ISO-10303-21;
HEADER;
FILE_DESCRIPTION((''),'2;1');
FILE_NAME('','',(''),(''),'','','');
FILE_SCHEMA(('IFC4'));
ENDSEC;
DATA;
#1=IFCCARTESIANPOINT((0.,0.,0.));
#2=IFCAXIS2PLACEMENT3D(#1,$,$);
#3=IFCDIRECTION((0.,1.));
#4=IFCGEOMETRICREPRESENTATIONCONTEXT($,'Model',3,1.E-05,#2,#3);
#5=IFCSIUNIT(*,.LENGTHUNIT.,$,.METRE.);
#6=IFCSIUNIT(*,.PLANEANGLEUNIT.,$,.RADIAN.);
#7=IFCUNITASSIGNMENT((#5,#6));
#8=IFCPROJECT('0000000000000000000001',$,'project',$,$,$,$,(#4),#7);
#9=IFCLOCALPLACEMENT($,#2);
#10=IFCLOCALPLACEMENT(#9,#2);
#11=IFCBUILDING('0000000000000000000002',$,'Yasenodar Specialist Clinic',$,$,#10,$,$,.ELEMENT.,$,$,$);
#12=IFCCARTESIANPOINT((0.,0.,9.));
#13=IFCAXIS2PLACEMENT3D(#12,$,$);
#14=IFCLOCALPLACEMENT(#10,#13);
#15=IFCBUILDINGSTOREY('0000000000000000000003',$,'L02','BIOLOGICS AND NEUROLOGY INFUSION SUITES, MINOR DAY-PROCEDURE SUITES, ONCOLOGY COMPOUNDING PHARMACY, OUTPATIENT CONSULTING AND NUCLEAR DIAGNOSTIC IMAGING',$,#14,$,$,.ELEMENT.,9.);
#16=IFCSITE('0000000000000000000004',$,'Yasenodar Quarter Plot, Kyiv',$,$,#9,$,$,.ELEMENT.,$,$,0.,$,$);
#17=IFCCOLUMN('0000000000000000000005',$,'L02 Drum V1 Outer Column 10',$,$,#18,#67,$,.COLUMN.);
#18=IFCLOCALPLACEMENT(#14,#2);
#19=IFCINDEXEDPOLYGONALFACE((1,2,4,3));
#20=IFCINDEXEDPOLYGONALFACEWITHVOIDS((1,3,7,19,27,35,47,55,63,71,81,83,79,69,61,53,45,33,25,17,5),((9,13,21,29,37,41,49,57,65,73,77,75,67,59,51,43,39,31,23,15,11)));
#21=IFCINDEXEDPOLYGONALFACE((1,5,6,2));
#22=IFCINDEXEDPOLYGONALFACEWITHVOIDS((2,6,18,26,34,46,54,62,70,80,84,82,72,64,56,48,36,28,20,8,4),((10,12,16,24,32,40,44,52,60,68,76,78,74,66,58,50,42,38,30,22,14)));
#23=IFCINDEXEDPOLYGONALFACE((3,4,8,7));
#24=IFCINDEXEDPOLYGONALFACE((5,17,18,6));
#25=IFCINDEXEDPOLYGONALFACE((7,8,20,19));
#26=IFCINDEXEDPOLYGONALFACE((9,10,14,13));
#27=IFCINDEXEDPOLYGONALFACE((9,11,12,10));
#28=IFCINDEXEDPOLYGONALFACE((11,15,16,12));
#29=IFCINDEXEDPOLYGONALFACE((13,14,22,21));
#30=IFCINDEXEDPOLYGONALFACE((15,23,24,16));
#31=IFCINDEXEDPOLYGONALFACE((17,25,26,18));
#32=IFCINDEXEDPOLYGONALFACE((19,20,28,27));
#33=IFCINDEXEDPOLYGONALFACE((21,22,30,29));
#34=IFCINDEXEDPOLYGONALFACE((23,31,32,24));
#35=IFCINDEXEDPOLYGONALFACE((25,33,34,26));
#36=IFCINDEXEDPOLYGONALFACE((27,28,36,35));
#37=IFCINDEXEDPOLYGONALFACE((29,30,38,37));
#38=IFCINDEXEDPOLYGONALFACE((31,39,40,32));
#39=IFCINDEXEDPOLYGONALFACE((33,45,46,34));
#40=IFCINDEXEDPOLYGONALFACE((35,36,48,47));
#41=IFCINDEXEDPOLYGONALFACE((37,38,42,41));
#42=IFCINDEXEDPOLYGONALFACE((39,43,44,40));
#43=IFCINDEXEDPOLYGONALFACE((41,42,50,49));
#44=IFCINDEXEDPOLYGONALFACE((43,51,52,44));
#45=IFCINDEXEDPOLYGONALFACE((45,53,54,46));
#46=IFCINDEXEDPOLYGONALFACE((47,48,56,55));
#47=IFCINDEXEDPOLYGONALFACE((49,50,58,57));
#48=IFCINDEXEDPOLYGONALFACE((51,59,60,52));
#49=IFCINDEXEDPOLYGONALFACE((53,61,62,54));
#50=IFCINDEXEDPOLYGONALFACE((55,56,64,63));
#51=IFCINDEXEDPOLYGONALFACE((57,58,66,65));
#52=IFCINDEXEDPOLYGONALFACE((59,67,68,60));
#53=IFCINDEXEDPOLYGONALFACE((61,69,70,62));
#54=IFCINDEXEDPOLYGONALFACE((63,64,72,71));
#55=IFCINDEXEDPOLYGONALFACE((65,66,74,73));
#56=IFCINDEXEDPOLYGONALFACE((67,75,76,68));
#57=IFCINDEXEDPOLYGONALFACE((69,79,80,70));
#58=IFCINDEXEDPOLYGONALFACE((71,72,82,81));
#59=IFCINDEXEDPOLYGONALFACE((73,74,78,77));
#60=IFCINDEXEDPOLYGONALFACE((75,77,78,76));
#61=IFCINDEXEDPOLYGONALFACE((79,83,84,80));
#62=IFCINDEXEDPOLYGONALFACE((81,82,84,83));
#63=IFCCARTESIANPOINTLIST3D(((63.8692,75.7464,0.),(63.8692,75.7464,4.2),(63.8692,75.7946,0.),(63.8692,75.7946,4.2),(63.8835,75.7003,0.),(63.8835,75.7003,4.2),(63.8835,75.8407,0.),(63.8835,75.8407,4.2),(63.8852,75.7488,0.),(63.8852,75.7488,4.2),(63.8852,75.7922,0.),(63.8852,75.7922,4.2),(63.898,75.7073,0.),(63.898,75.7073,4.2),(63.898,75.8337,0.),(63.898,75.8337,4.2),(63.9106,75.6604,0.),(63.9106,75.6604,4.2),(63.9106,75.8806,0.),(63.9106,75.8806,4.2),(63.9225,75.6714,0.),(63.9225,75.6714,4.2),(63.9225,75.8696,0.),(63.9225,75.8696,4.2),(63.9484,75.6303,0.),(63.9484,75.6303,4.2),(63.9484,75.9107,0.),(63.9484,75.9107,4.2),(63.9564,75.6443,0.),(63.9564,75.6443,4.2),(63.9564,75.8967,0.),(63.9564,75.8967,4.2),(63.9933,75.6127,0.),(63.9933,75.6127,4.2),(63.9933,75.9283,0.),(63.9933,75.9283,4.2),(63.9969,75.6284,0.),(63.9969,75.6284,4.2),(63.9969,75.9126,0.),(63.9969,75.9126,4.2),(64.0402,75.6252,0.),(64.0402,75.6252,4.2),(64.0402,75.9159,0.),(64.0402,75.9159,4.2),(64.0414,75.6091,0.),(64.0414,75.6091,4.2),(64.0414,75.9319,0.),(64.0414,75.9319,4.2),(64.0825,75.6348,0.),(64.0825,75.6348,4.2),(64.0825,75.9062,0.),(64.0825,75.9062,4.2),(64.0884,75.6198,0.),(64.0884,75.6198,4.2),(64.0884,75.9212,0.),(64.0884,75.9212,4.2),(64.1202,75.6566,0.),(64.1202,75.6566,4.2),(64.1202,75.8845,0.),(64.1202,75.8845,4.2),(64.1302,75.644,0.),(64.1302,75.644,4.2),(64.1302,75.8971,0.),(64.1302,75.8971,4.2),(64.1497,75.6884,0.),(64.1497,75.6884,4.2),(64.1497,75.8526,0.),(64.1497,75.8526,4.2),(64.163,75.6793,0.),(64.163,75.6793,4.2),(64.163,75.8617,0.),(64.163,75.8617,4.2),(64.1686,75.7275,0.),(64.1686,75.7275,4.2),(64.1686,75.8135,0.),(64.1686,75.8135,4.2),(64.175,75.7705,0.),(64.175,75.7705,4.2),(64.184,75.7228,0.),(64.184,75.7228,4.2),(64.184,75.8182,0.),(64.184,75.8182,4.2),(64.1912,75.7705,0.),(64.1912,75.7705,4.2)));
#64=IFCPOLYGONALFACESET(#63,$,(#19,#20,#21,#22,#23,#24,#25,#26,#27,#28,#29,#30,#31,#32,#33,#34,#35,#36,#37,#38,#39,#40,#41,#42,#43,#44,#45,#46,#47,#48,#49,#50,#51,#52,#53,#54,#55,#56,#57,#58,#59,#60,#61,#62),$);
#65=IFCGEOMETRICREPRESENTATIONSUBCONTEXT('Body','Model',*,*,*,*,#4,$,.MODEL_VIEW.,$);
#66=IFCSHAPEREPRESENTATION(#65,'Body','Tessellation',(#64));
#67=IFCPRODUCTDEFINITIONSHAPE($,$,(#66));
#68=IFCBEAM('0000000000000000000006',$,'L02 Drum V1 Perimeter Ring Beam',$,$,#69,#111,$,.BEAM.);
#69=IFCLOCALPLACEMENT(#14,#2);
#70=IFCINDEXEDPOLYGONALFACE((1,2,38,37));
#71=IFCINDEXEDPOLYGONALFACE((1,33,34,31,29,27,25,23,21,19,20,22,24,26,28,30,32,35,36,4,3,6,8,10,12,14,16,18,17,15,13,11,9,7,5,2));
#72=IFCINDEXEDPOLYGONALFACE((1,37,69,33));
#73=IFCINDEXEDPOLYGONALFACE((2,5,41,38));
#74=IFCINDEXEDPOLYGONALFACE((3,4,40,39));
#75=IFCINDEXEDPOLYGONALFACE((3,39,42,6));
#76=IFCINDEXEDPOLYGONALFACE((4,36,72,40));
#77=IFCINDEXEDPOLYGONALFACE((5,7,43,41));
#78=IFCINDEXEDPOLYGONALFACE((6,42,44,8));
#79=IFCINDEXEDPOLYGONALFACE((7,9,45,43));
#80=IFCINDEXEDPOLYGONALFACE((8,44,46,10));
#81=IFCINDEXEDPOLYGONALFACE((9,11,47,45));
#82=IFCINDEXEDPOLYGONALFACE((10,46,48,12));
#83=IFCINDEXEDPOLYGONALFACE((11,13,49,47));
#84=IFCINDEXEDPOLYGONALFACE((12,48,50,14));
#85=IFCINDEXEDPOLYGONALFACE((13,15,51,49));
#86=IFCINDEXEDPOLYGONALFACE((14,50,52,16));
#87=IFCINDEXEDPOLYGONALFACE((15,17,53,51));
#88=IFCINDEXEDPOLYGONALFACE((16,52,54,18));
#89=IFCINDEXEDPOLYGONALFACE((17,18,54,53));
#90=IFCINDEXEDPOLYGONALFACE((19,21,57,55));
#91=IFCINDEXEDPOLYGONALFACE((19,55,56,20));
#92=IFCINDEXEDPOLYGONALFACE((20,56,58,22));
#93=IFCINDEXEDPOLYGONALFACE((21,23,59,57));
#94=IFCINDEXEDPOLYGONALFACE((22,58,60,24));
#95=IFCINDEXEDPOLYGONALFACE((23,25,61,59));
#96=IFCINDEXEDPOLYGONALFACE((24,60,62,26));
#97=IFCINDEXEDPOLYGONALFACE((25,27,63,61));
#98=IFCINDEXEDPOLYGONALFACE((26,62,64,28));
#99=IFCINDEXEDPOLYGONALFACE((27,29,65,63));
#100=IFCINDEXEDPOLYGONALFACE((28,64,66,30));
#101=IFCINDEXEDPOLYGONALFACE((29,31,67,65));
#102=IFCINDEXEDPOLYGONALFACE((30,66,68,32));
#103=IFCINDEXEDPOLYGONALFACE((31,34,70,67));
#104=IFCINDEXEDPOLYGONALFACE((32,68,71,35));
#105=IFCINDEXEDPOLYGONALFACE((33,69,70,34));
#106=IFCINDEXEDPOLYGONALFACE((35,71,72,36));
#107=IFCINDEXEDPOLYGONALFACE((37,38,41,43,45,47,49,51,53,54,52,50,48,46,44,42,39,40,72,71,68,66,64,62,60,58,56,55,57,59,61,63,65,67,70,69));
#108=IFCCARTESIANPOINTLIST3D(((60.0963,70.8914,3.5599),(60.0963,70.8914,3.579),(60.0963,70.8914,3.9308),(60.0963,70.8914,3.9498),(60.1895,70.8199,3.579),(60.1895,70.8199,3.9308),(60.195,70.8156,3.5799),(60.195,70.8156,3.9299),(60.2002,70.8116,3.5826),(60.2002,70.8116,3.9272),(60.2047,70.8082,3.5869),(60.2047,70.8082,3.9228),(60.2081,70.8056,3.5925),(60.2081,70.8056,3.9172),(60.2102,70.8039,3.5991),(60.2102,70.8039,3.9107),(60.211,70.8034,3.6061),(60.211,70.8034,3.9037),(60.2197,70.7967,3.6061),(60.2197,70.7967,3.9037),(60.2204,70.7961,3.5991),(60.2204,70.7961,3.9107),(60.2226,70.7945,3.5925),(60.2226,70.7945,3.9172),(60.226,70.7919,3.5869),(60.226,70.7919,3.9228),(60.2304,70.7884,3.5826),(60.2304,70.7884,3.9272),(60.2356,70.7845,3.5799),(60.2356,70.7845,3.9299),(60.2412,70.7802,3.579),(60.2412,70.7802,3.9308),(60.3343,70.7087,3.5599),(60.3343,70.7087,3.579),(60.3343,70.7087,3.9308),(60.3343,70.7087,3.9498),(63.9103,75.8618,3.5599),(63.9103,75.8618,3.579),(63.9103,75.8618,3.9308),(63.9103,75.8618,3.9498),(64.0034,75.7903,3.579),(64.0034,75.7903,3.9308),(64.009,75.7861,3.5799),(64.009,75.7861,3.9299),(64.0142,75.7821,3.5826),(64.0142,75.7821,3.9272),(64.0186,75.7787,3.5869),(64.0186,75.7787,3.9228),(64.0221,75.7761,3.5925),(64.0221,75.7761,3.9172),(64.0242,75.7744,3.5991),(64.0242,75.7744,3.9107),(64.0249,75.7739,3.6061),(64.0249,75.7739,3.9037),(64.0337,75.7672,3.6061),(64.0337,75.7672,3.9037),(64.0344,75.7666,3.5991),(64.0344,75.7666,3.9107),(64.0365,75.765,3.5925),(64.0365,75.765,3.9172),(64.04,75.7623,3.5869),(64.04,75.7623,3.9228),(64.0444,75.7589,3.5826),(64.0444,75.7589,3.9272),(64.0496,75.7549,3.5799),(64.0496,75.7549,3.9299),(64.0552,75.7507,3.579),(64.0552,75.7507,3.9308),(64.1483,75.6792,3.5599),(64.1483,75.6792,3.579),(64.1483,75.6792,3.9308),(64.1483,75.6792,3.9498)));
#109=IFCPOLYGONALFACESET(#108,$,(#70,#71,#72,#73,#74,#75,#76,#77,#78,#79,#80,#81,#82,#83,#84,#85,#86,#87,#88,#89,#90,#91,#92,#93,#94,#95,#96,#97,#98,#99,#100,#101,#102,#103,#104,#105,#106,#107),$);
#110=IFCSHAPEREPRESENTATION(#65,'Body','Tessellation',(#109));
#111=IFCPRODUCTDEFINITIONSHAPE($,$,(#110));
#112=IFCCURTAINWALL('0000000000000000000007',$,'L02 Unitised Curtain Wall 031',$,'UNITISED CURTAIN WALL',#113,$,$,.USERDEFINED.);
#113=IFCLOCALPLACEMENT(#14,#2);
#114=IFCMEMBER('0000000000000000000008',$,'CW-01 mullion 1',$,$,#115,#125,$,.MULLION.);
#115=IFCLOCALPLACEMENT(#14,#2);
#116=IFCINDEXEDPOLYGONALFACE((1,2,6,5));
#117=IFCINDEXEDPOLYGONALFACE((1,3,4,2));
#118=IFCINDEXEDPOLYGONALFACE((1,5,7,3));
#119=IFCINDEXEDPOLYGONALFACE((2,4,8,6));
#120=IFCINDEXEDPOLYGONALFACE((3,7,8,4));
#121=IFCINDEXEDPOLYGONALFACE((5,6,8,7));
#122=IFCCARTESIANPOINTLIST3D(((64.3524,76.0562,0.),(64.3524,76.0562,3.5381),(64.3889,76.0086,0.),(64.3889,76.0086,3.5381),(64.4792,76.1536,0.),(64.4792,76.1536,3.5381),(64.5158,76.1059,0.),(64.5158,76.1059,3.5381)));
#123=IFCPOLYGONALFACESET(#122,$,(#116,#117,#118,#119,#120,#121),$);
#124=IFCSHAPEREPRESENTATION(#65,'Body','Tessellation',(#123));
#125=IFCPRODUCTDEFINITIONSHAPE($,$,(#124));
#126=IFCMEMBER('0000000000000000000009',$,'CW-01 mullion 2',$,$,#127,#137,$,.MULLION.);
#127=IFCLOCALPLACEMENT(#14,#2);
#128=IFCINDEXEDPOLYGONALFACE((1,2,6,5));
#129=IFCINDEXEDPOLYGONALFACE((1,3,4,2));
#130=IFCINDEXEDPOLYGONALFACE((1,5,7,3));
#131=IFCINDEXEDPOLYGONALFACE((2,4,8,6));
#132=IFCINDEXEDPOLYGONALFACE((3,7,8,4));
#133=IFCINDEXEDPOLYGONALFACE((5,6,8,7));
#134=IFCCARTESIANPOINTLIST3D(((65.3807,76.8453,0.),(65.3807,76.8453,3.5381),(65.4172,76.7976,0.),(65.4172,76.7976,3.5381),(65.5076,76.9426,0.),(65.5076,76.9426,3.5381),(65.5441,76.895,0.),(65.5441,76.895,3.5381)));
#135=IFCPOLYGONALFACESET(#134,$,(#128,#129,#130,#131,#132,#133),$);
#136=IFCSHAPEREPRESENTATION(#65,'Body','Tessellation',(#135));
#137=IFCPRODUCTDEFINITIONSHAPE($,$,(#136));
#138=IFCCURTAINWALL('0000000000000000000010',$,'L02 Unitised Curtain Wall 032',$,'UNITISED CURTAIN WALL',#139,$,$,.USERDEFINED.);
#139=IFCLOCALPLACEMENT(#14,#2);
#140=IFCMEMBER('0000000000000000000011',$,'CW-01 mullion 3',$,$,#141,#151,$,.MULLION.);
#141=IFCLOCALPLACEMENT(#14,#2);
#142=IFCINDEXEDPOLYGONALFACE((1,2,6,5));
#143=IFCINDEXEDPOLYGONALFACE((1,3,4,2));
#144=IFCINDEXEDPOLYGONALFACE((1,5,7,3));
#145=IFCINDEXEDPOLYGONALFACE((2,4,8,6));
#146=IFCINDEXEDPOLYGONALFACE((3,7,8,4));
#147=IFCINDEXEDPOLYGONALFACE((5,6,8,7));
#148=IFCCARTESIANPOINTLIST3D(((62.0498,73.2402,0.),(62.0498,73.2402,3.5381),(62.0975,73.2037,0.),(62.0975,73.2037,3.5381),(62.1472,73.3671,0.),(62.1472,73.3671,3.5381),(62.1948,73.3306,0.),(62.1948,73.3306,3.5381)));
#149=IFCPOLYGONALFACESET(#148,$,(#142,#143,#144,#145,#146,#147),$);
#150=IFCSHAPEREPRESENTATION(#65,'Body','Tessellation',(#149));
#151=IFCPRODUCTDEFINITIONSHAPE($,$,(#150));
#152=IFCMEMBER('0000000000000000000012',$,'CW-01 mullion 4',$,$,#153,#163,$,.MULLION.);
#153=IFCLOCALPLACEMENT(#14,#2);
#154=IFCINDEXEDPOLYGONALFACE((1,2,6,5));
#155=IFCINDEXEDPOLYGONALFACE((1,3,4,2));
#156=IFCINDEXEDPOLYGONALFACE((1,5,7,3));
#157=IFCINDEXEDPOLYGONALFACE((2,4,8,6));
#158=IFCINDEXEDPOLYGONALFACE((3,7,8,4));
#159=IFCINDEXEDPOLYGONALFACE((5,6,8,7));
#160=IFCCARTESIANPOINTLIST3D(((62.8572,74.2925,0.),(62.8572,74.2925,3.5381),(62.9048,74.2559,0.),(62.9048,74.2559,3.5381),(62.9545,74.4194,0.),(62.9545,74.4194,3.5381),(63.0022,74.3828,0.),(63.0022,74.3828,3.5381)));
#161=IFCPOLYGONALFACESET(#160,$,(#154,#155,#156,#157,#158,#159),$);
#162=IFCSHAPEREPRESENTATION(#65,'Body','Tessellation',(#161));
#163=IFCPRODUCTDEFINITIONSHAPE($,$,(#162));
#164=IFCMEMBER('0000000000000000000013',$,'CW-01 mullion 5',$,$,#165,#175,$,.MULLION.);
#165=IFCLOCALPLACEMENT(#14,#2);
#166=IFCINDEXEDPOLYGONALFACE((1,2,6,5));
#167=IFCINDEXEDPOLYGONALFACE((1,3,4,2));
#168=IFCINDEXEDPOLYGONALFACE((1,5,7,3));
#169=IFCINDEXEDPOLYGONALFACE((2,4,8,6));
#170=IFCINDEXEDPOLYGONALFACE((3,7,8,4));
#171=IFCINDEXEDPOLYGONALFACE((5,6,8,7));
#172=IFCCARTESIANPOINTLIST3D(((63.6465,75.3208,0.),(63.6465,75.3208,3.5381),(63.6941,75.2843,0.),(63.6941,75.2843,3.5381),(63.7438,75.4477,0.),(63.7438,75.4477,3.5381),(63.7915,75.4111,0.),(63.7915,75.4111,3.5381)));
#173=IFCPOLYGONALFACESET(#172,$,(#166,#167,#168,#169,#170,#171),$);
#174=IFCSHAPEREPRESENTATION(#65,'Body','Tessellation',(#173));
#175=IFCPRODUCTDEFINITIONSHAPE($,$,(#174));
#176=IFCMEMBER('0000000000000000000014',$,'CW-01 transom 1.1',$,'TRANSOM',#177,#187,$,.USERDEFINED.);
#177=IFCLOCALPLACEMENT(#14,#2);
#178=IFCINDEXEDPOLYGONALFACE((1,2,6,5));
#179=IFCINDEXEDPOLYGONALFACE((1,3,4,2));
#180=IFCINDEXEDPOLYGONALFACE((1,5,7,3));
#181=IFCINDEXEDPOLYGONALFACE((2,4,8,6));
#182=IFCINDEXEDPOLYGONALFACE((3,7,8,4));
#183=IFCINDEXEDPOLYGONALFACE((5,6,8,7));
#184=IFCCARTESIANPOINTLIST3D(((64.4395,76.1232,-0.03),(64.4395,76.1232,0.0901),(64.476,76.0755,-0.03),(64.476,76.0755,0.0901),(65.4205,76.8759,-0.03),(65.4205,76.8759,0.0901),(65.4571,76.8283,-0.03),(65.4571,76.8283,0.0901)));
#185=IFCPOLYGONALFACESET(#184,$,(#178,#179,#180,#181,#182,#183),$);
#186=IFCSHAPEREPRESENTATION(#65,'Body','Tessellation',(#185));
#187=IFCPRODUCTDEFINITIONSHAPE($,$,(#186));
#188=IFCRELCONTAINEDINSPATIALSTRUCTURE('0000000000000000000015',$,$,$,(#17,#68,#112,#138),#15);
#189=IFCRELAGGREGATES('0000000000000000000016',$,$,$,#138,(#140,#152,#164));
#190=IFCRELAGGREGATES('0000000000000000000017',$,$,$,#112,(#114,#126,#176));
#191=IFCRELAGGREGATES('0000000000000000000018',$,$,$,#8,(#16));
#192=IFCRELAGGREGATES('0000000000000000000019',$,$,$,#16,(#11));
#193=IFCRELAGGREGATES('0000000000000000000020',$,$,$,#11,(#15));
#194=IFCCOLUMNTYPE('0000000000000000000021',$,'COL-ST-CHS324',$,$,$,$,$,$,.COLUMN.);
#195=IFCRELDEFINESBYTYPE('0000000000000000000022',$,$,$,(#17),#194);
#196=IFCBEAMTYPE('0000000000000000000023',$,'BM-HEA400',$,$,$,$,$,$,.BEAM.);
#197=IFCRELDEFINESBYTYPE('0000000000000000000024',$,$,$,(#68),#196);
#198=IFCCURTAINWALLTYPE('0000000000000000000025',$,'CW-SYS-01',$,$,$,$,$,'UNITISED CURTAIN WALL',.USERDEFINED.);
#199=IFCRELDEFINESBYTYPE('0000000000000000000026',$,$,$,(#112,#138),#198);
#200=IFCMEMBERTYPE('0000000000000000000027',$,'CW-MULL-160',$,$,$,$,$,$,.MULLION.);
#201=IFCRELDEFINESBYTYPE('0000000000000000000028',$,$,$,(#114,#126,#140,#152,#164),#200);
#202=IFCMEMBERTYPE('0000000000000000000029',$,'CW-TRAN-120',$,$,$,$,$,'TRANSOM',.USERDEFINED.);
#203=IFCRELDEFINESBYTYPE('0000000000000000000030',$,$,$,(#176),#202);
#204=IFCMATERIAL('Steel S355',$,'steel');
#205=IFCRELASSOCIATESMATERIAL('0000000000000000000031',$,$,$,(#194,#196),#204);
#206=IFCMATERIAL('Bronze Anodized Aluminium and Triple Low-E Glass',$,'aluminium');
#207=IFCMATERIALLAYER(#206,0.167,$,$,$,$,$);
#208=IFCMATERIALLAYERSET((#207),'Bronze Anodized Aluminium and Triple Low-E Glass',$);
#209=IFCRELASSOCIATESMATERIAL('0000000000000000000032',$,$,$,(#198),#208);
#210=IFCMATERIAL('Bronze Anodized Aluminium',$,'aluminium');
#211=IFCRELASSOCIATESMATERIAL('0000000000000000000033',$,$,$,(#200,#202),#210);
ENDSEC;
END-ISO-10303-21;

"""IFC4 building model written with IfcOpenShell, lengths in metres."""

from ifc_helpers import new_model, si_unit, direction, frame, origin, origin_2d, place, context, subcontext, project, spatial, rectangle, hollow_circle, i_section, extrude, material, layer, layer_set, material_profile, profile_set, type_object, element, aggregate, save


model = new_model("IFC4")

# Units and contexts
model_context = context("Model", 3, precision=1e-05, world=origin(), true_north=direction((0.0, 1.0)))
body_context = subcontext(model_context, "Body", "Model", "MODEL_VIEW")
ifc_project = project(units=[si_unit("LENGTHUNIT", "METRE"), si_unit("PLANEANGLEUNIT", "RADIAN")], contexts=[model_context])

# Site, building, storey
site_placement = place(None, origin())
site = spatial("IfcSite", under=ifc_project, at=site_placement, Name="Yasenodar Quarter Plot, Kyiv", CompositionType="ELEMENT", RefElevation=0.0)
building_placement = place(site_placement, origin())
building = spatial("IfcBuilding", under=site, at=building_placement, Name="Yasenodar Specialist Clinic", CompositionType="ELEMENT")
storey_placement = place(building_placement, frame((0.0, 0.0, 9.0)))
storey = spatial("IfcBuildingStorey", under=building, at=storey_placement, Name="L02", Description="BIOLOGICS AND NEUROLOGY INFUSION SUITES, MINOR DAY-PROCEDURE SUITES, ONCOLOGY COMPOUNDING PHARMACY, OUTPATIENT CONSULTING AND NUCLEAR DIAGNOSTIC IMAGING", CompositionType="ELEMENT", Elevation=9.0)

# Column
ifc_material_1 = material(Name="Steel S355", Category="steel")
ifc_material_profile_1 = material_profile(ifc_material_1, hollow_circle(Radius=0.1619, WallThickness=0.0161, at=origin_2d()), Name="CHS 323.9x16")
ifc_profile_set_1 = profile_set([ifc_material_profile_1], Name="Steel S355")
column_type = type_object("IfcColumnType", Name="COL-ST-CHS324", PredefinedType="COLUMN", material=ifc_profile_set_1)
column_placement = place(storey_placement, frame((64.0293, 75.7705, 0.0), z_axis=(0.0, 0.0, 1.0), x_axis=(1.0, 0.0, 0.0)))
element("IfcColumn", 1, at=column_placement, inside=storey, type_object=column_type, Name="L02 Drum V1 Outer Column 10", PredefinedType="COLUMN", context=body_context, shape_type="SweptSolid", body=[
    extrude(hollow_circle(Radius=0.1619, WallThickness=0.0161, at=origin_2d()), origin(), (0.0, 0.0, 1.0), 4.2),
])

# Beam
ifc_material_profile_2 = material_profile(ifc_material_1, i_section(OverallWidth=0.3, OverallDepth=0.3899, WebThickness=0.011, FlangeThickness=0.019, FilletRadius=0.0271, at=origin_2d()), Name="HEA 400")
ifc_profile_set_2 = profile_set([ifc_material_profile_2], Name="Steel S355")
beam_type = type_object("IfcBeamType", Name="BM-HEA400", PredefinedType="BEAM", material=ifc_profile_set_2)
beam_placement = place(storey_placement, frame((64.0293, 75.7705, 3.7549), z_axis=(-0.608761, -0.793354, 0.0), x_axis=(0.793354, -0.608761, 0.0)))
element("IfcBeam", 2, at=beam_placement, inside=storey, type_object=beam_type, Name="L02 Drum V1 Perimeter Ring Beam", PredefinedType="BEAM", context=body_context, shape_type="SweptSolid", body=[
    extrude(i_section(OverallWidth=0.3, OverallDepth=0.3899, WebThickness=0.011, FlangeThickness=0.019, FilletRadius=0.0271, at=origin_2d()), origin(), (0.0, 0.0, 1.0), 6.2651),
])

# Curtain walls, members
ifc_material_2 = material(Name="Bronze Anodized Aluminium and Triple Low-E Glass", Category="aluminium")
ifc_layer_1 = layer(ifc_material_2, 0.167)
ifc_layer_set_1 = layer_set([ifc_layer_1], Name="Bronze Anodized Aluminium and Triple Low-E Glass")
curtain_wall_type = type_object("IfcCurtainWallType", Name="CW-SYS-01", ElementType="UNITISED CURTAIN WALL", PredefinedType="USERDEFINED", material=ifc_layer_set_1)
curtain_wall_1_placement = place(storey_placement, origin())
curtain_wall_1 = element("IfcCurtainWall", 3, at=curtain_wall_1_placement, inside=storey, type_object=curtain_wall_type, Name="L02 Unitised Curtain Wall 031", ObjectType="UNITISED CURTAIN WALL", PredefinedType="USERDEFINED")
ifc_material_3 = material(Name="Bronze Anodized Aluminium", Category="aluminium")
ifc_material_profile_3 = material_profile(ifc_material_3, rectangle(XDim=0.0601, YDim=0.1599, at=origin_2d()), Name="CW-MULL 60x160")
ifc_profile_set_3 = profile_set([ifc_material_profile_3], Name="Bronze Anodized Aluminium")
member_type_1 = type_object("IfcMemberType", Name="CW-MULL-160", PredefinedType="MULLION", material=ifc_profile_set_3)
member_1_placement = place(storey_placement, frame((64.4341, 76.0811, 0.0), z_axis=(0.0, 0.0, 1.0), x_axis=(-0.608752, 0.793361, 0.0)))
member_1 = element("IfcMember", 4, at=member_1_placement, type_object=member_type_1, Name="CW-01 mullion 1", PredefinedType="MULLION", context=body_context, shape_type="SweptSolid", body=[
    extrude(rectangle(XDim=0.0601, YDim=0.1599, at=origin_2d()), origin(), (0.0, 0.0, 1.0), 3.5381),
])
member_2_placement = place(storey_placement, frame((65.4624, 76.8701, 0.0), z_axis=(0.0, 0.0, 1.0), x_axis=(-0.608752, 0.793361, 0.0)))
member_2 = element("IfcMember", 5, at=member_2_placement, type_object=member_type_1, Name="CW-01 mullion 2", PredefinedType="MULLION", context=body_context, shape_type="SweptSolid", body=[
    extrude(rectangle(XDim=0.0601, YDim=0.1599, at=origin_2d()), origin(), (0.0, 0.0, 1.0), 3.5381),
])
curtain_wall_2_placement = place(storey_placement, origin())
curtain_wall_2 = element("IfcCurtainWall", 6, at=curtain_wall_2_placement, inside=storey, type_object=curtain_wall_type, Name="L02 Unitised Curtain Wall 032", ObjectType="UNITISED CURTAIN WALL", PredefinedType="USERDEFINED")
member_3_placement = place(storey_placement, frame((62.1223, 73.2854, 0.0), z_axis=(0.0, 0.0, 1.0), x_axis=(-0.793361, 0.608752, 0.0)))
member_3 = element("IfcMember", 7, at=member_3_placement, type_object=member_type_1, Name="CW-01 mullion 3", PredefinedType="MULLION", context=body_context, shape_type="SweptSolid", body=[
    extrude(rectangle(XDim=0.0601, YDim=0.1599, at=origin_2d()), origin(), (0.0, 0.0, 1.0), 3.5381),
])
member_4_placement = place(storey_placement, frame((62.9297, 74.3376, 0.0), z_axis=(0.0, 0.0, 1.0), x_axis=(-0.793361, 0.608752, 0.0)))
member_4 = element("IfcMember", 8, at=member_4_placement, type_object=member_type_1, Name="CW-01 mullion 4", PredefinedType="MULLION", context=body_context, shape_type="SweptSolid", body=[
    extrude(rectangle(XDim=0.0601, YDim=0.1599, at=origin_2d()), origin(), (0.0, 0.0, 1.0), 3.5381),
])
member_5_placement = place(storey_placement, frame((63.719, 75.366, 0.0), z_axis=(0.0, 0.0, 1.0), x_axis=(-0.793361, 0.608752, 0.0)))
member_5 = element("IfcMember", 9, at=member_5_placement, type_object=member_type_1, Name="CW-01 mullion 5", PredefinedType="MULLION", context=body_context, shape_type="SweptSolid", body=[
    extrude(rectangle(XDim=0.0601, YDim=0.1599, at=origin_2d()), origin(), (0.0, 0.0, 1.0), 3.5381),
])

# Member
ifc_material_profile_4 = material_profile(ifc_material_3, rectangle(XDim=0.0601, YDim=0.1201, at=origin_2d()), Name="CW-TRAN 60x120")
ifc_profile_set_4 = profile_set([ifc_material_profile_4], Name="Bronze Anodized Aluminium")
member_type_2 = type_object("IfcMemberType", Name="CW-TRAN-120", ElementType="TRANSOM", PredefinedType="USERDEFINED", material=ifc_profile_set_4)
member_6_placement = place(storey_placement, frame((64.4578, 76.0994, 0.03), z_axis=(0.793365, 0.608747, 0.0), x_axis=(-0.608747, 0.793365, 0.0)))
member_6 = element("IfcMember", 10, at=member_6_placement, type_object=member_type_2, Name="CW-01 transom 1.1", ObjectType="TRANSOM", PredefinedType="USERDEFINED", context=body_context, shape_type="SweptSolid", body=[
    extrude(rectangle(XDim=0.0601, YDim=0.1201, at=origin_2d()), origin(), (0.0, 0.0, 1.0), 1.2366),
])

aggregate(curtain_wall_2, [member_3, member_4, member_5])
aggregate(curtain_wall_1, [member_1, member_2, member_6])

save(model, "model.ifc")
